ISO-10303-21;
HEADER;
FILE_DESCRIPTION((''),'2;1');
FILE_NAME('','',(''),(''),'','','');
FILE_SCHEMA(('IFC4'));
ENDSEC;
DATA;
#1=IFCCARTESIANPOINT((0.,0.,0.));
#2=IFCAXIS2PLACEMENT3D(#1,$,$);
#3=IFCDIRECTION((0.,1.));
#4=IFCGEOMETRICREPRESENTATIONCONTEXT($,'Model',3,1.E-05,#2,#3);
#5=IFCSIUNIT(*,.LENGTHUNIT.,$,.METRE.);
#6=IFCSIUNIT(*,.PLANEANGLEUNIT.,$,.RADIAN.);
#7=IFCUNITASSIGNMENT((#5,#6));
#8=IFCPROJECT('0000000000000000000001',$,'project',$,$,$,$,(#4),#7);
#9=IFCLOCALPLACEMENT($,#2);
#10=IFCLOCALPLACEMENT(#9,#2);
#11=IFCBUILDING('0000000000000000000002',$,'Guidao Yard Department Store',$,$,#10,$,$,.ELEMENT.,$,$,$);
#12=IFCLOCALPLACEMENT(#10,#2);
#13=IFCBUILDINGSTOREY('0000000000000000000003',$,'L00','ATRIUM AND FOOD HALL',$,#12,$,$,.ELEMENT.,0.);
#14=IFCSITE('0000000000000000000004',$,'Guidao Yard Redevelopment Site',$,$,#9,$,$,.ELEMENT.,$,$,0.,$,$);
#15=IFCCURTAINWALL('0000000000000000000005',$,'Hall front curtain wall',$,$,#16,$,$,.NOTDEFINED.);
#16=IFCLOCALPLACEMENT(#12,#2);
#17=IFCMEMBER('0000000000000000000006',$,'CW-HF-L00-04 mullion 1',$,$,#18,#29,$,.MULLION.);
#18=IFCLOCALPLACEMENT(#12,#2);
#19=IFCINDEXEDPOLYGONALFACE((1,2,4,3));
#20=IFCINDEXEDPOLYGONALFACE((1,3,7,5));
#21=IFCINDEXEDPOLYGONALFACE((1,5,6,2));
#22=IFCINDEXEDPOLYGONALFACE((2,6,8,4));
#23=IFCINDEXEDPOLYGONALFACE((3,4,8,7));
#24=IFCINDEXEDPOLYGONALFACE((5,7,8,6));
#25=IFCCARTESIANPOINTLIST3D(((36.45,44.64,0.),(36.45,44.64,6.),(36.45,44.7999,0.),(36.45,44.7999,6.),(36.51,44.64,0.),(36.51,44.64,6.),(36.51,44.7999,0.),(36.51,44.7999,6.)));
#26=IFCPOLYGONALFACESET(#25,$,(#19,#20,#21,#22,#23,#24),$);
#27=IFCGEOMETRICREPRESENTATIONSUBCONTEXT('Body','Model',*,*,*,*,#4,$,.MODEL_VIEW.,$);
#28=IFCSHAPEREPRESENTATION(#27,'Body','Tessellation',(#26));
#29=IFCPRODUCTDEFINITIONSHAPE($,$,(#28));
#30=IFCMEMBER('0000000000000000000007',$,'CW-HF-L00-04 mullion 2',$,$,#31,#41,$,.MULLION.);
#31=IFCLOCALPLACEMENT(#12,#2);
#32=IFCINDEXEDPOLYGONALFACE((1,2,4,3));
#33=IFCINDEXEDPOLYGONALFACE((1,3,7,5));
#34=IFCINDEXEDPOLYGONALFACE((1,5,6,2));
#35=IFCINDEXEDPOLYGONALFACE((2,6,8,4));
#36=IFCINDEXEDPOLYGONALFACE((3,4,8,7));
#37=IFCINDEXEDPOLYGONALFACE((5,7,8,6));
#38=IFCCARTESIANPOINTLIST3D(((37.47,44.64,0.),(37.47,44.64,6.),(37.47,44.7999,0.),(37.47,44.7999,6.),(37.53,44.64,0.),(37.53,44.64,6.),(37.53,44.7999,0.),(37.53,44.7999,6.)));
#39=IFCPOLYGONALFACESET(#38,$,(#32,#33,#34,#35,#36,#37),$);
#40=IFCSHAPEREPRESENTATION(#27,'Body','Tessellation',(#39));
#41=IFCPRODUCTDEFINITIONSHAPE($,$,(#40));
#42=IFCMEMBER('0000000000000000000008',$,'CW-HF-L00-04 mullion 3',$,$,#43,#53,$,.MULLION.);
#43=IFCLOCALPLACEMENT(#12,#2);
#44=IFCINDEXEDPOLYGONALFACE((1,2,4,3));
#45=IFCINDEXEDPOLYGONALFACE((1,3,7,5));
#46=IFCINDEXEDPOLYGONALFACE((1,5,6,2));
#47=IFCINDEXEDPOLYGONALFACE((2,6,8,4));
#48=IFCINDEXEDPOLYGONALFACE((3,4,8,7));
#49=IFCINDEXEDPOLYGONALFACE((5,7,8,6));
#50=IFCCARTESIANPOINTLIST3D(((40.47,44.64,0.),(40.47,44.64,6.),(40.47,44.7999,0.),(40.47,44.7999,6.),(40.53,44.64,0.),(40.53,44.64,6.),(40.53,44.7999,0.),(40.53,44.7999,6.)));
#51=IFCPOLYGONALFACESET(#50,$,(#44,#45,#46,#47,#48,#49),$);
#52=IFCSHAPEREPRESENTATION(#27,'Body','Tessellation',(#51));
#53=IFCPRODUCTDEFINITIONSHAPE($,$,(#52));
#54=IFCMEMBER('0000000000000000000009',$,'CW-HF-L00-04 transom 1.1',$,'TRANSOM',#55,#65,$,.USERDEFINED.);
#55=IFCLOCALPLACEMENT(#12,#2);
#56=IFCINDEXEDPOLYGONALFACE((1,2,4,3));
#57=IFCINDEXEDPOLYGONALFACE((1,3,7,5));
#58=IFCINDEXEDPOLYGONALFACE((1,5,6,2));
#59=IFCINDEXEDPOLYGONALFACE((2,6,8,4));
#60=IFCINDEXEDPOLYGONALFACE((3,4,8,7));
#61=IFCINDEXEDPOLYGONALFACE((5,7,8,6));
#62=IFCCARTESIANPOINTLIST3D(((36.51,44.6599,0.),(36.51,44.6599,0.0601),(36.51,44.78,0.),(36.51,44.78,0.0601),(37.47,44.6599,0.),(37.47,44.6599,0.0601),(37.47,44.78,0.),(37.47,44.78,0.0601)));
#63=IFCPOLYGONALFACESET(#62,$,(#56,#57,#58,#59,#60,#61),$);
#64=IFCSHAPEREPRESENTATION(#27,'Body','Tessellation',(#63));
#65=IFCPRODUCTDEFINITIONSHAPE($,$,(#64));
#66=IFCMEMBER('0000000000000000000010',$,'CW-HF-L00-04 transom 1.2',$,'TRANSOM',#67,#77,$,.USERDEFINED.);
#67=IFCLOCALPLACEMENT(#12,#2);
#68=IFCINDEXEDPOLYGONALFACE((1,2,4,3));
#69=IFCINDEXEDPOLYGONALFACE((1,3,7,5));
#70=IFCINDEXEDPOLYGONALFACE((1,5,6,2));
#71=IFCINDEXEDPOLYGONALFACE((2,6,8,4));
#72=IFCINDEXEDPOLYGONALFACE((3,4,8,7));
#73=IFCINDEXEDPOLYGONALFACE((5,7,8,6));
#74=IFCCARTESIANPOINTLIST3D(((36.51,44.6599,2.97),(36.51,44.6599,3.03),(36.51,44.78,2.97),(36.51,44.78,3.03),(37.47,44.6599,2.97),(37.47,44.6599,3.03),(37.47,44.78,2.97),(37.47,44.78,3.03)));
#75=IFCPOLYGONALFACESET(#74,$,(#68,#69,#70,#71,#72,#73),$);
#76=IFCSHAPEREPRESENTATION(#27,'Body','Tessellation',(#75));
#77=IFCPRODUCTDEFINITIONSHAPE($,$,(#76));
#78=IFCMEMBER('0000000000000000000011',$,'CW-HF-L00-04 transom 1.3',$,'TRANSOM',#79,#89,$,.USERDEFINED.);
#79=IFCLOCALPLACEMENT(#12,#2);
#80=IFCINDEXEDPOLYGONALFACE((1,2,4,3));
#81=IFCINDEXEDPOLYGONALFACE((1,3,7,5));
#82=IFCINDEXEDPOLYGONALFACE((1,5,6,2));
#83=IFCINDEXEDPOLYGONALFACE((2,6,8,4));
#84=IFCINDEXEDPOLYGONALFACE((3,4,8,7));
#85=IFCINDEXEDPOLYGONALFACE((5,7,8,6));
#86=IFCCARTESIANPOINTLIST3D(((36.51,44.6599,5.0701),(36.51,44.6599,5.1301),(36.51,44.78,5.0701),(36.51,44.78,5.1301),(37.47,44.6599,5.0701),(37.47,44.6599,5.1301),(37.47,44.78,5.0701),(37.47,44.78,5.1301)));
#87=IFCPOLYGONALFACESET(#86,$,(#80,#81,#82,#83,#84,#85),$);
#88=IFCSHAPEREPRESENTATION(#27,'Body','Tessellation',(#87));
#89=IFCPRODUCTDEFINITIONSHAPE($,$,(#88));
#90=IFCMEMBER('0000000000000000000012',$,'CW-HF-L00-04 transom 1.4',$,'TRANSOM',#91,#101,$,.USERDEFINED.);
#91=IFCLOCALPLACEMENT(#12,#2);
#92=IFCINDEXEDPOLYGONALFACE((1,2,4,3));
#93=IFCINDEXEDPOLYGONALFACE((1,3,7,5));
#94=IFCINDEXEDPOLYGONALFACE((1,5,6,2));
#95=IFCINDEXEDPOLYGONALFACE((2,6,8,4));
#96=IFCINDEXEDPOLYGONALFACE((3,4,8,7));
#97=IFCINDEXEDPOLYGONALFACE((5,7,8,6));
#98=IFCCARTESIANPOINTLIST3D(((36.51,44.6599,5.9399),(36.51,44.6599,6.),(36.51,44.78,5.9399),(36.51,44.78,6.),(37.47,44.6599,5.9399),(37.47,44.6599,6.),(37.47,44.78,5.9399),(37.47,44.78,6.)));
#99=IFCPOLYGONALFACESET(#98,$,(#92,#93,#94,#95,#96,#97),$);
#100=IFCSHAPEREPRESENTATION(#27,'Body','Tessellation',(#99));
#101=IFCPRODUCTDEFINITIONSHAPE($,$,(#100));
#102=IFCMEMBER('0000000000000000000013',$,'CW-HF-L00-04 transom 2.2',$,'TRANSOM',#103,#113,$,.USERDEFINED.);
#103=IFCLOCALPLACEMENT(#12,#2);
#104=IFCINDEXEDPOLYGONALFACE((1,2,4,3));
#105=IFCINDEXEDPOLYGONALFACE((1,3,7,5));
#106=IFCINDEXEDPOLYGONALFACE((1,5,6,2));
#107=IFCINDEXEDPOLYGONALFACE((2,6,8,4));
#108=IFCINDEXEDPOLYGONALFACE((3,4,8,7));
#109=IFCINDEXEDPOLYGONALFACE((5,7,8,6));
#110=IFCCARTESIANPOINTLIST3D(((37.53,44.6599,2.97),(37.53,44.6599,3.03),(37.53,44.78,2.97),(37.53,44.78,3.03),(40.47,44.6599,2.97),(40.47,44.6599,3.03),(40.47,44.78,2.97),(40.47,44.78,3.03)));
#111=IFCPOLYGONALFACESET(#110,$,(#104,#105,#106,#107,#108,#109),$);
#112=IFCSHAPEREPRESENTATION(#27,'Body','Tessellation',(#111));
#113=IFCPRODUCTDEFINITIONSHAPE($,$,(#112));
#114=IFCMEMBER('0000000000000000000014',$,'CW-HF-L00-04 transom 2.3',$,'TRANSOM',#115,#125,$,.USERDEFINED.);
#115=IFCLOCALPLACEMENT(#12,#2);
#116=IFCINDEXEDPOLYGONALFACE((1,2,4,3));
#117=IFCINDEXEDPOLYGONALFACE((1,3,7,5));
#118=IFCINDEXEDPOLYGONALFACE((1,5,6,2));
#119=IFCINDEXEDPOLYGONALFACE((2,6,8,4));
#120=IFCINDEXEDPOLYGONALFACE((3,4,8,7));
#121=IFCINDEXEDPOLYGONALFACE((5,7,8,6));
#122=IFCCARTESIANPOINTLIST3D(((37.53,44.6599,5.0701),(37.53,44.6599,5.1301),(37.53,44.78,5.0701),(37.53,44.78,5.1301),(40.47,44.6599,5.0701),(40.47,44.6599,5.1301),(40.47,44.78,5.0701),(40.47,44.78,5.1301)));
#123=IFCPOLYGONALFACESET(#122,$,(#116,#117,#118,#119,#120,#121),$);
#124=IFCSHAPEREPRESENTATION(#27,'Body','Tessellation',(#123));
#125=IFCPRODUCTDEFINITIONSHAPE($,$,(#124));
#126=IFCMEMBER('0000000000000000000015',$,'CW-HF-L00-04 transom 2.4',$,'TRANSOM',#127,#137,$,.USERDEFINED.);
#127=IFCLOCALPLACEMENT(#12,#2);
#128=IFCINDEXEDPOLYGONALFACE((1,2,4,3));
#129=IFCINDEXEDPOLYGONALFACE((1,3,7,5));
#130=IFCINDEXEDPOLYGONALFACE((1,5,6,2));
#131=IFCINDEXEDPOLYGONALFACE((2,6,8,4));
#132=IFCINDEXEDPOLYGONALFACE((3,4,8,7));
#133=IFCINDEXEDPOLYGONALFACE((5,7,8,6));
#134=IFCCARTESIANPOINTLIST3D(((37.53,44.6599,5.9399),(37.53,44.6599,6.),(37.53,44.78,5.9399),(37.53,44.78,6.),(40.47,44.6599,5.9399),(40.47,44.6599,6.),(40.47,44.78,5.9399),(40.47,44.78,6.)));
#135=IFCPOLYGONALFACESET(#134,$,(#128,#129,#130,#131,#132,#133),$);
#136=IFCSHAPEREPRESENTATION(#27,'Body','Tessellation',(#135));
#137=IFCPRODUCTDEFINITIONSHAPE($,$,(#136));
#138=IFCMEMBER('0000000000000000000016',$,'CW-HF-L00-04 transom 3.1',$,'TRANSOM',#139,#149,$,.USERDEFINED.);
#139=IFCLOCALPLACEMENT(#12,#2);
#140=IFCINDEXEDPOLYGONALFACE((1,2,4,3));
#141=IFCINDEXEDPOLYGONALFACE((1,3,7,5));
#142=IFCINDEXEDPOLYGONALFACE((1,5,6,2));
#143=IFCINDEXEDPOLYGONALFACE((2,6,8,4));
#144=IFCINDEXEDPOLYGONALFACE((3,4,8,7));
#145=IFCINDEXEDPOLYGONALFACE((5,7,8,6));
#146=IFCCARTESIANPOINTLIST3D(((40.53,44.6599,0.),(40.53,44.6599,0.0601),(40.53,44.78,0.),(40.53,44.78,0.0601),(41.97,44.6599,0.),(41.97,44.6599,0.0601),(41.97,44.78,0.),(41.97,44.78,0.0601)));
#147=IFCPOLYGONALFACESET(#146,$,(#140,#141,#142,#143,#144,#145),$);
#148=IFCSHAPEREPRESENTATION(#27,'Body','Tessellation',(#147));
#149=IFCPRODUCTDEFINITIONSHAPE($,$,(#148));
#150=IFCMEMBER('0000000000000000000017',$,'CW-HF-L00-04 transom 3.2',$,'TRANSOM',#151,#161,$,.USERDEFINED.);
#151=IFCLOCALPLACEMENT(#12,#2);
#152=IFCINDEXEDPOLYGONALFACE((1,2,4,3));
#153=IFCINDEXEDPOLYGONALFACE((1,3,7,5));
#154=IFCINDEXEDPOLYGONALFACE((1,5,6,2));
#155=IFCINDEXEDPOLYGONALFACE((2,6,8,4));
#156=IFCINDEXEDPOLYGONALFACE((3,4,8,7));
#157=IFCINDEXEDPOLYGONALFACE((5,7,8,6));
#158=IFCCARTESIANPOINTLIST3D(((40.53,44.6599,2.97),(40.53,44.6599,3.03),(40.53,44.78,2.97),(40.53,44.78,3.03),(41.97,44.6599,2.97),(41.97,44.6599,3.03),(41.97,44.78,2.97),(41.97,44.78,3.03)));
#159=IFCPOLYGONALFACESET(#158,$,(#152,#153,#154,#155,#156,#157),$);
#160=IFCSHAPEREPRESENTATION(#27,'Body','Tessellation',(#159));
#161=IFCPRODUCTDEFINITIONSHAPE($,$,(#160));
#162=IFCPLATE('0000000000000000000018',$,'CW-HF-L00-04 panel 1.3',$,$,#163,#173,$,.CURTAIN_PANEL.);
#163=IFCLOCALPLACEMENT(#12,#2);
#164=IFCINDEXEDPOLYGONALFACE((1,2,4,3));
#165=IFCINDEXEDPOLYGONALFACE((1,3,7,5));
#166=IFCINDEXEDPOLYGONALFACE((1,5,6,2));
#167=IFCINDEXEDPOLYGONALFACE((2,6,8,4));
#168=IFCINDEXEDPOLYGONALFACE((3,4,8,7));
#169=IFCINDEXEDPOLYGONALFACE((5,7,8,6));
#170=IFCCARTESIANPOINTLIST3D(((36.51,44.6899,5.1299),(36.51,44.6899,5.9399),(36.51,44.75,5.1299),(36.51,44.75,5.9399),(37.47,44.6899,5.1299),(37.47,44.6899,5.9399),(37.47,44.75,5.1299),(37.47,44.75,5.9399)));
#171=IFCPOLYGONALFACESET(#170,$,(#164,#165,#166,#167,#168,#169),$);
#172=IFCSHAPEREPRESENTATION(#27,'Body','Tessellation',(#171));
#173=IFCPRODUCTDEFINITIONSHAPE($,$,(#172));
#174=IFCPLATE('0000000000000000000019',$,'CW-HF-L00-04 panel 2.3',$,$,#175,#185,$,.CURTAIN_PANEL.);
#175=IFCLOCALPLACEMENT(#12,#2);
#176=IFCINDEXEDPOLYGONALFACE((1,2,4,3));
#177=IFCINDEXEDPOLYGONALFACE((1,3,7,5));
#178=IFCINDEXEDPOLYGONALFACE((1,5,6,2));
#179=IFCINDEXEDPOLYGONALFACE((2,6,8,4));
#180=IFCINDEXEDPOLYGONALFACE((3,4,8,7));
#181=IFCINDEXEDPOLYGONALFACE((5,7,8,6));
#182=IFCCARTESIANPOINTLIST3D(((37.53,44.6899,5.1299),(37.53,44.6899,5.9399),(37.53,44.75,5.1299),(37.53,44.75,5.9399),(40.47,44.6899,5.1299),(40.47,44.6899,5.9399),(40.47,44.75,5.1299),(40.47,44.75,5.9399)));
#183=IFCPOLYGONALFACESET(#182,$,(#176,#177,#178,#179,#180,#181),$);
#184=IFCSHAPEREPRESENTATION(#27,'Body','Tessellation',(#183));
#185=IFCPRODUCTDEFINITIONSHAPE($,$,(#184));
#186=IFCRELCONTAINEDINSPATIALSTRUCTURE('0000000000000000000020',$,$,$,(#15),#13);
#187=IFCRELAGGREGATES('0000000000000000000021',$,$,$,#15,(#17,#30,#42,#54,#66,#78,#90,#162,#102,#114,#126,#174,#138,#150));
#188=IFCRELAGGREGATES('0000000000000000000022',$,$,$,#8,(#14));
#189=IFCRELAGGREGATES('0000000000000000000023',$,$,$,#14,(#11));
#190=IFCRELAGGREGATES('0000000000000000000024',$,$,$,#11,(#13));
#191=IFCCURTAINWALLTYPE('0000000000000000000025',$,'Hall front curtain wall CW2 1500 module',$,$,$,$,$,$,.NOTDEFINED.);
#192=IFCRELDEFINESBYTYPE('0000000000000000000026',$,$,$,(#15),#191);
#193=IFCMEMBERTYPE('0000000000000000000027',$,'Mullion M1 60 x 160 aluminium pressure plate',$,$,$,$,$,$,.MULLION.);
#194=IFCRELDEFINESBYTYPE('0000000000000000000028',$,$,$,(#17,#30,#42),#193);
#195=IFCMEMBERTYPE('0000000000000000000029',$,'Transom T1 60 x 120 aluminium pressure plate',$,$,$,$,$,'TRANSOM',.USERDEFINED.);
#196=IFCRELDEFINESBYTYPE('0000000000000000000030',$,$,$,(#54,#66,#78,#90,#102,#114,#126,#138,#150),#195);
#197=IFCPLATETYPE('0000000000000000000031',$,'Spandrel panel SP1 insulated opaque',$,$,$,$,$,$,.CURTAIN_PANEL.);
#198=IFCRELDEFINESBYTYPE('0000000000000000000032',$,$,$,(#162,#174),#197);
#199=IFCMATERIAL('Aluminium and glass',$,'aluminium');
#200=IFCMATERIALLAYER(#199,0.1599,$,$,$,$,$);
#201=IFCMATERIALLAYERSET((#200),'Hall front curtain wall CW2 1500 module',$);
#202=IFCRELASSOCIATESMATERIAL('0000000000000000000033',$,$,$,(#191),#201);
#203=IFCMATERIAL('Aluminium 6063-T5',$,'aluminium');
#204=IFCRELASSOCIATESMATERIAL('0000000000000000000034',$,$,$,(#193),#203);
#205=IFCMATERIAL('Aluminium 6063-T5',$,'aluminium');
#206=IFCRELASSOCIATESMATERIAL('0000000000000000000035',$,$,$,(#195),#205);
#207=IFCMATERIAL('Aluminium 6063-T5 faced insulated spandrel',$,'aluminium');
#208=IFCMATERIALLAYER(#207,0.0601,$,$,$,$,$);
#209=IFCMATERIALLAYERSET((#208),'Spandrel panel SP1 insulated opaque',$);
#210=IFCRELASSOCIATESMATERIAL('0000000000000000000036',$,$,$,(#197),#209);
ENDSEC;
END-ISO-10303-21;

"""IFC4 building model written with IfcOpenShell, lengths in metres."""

from ifc_helpers import new_model, si_unit, direction, frame, origin, origin_2d, place, context, subcontext, project, spatial, rectangle, extrude, material, layer, layer_set, material_profile, profile_set, type_object, element, aggregate, save


model = new_model("IFC4")

# Units and contexts
model_context = context("Model", 3, precision=1e-05, world=origin(), true_north=direction((0.0, 1.0)))
body_context = subcontext(model_context, "Body", "Model", "MODEL_VIEW")
ifc_project = project(units=[si_unit("LENGTHUNIT", "METRE"), si_unit("PLANEANGLEUNIT", "RADIAN")], contexts=[model_context])

# Site, building, storey
site_placement = place(None, origin())
site = spatial("IfcSite", under=ifc_project, at=site_placement, Name="Guidao Yard Redevelopment Site", CompositionType="ELEMENT", RefElevation=0.0)
building_placement = place(site_placement, origin())
building = spatial("IfcBuilding", under=site, at=building_placement, Name="Guidao Yard Department Store", CompositionType="ELEMENT")
storey_placement = place(building_placement, origin())
storey = spatial("IfcBuildingStorey", under=building, at=storey_placement, Name="L00", Description="ATRIUM AND FOOD HALL", CompositionType="ELEMENT", Elevation=0.0)

# Curtain wall, members, plates
ifc_material_1 = material(Name="Aluminium and glass", Category="aluminium")
ifc_layer_1 = layer(ifc_material_1, 0.1599)
ifc_layer_set_1 = layer_set([ifc_layer_1], Name="Hall front curtain wall CW2 1500 module")
curtain_wall_type = type_object("IfcCurtainWallType", Name="Hall front curtain wall CW2 1500 module", PredefinedType="NOTDEFINED", material=ifc_layer_set_1)
curtain_wall_placement = place(storey_placement, origin())
curtain_wall = element("IfcCurtainWall", 1, at=curtain_wall_placement, inside=storey, type_object=curtain_wall_type, Name="Hall front curtain wall", PredefinedType="NOTDEFINED")
ifc_material_2 = material(Name="Aluminium 6063-T5", Category="aluminium")
ifc_material_profile_1 = material_profile(ifc_material_2, rectangle(XDim=0.0601, YDim=0.1599, at=origin_2d()), Name="Mullion M1 60 x 160 aluminium pressure plate")
ifc_profile_set_1 = profile_set([ifc_material_profile_1], Name="Aluminium 6063-T5")
member_type_1 = type_object("IfcMemberType", Name="Mullion M1 60 x 160 aluminium pressure plate", PredefinedType="MULLION", material=ifc_profile_set_1)
member_1_placement = place(storey_placement, frame((36.48, 44.72, 0.0), z_axis=(0.0, 0.0, 1.0), x_axis=(-1.0, 0.0, 0.0)))
member_1 = element("IfcMember", 2, at=member_1_placement, type_object=member_type_1, Name="CW-HF-L00-04 mullion 1", PredefinedType="MULLION", context=body_context, shape_type="SweptSolid", body=[
    extrude(rectangle(XDim=0.0601, YDim=0.1599, at=origin_2d()), origin(), (0.0, 0.0, 1.0), 6.0),
])
member_2_placement = place(storey_placement, frame((37.5, 44.72, 0.0), z_axis=(0.0, 0.0, 1.0), x_axis=(-1.0, 0.0, 0.0)))
member_2 = element("IfcMember", 3, at=member_2_placement, type_object=member_type_1, Name="CW-HF-L00-04 mullion 2", PredefinedType="MULLION", context=body_context, shape_type="SweptSolid", body=[
    extrude(rectangle(XDim=0.0601, YDim=0.1599, at=origin_2d()), origin(), (0.0, 0.0, 1.0), 6.0),
])
member_3_placement = place(storey_placement, frame((40.5, 44.72, 0.0), z_axis=(0.0, 0.0, 1.0), x_axis=(-1.0, 0.0, 0.0)))
member_3 = element("IfcMember", 4, at=member_3_placement, type_object=member_type_1, Name="CW-HF-L00-04 mullion 3", PredefinedType="MULLION", context=body_context, shape_type="SweptSolid", body=[
    extrude(rectangle(XDim=0.0601, YDim=0.1599, at=origin_2d()), origin(), (0.0, 0.0, 1.0), 6.0),
])
ifc_material_3 = material(Name="Aluminium 6063-T5", Category="aluminium")
ifc_material_profile_2 = material_profile(ifc_material_3, rectangle(XDim=0.1201, YDim=0.0601, at=origin_2d()), Name="Transom T1 60 x 120 aluminium pressure plate")
ifc_profile_set_2 = profile_set([ifc_material_profile_2], Name="Aluminium 6063-T5")
member_type_2 = type_object("IfcMemberType", Name="Transom T1 60 x 120 aluminium pressure plate", ElementType="TRANSOM", PredefinedType="USERDEFINED", material=ifc_profile_set_2)
member_4_placement = place(storey_placement, frame((37.47, 44.72, 0.03), z_axis=(-1.0, 0.0, 0.0), x_axis=(0.0, -1.0, 0.0)))
member_4 = element("IfcMember", 5, at=member_4_placement, type_object=member_type_2, Name="CW-HF-L00-04 transom 1.1", ObjectType="TRANSOM", PredefinedType="USERDEFINED", context=body_context, shape_type="SweptSolid", body=[
    extrude(rectangle(XDim=0.1201, YDim=0.0601, at=origin_2d()), origin(), (0.0, 0.0, 1.0), 0.96),
])
member_5_placement = place(storey_placement, frame((37.47, 44.72, 3.0), z_axis=(-1.0, 0.0, 0.0), x_axis=(0.0, -1.0, 0.0)))
member_5 = element("IfcMember", 6, at=member_5_placement, type_object=member_type_2, Name="CW-HF-L00-04 transom 1.2", ObjectType="TRANSOM", PredefinedType="USERDEFINED", context=body_context, shape_type="SweptSolid", body=[
    extrude(rectangle(XDim=0.1201, YDim=0.0601, at=origin_2d()), origin(), (0.0, 0.0, 1.0), 0.96),
])
member_6_placement = place(storey_placement, frame((37.47, 44.72, 5.1001), z_axis=(-1.0, 0.0, 0.0), x_axis=(0.0, -1.0, 0.0)))
member_6 = element("IfcMember", 7, at=member_6_placement, type_object=member_type_2, Name="CW-HF-L00-04 transom 1.3", ObjectType="TRANSOM", PredefinedType="USERDEFINED", context=body_context, shape_type="SweptSolid", body=[
    extrude(rectangle(XDim=0.1201, YDim=0.0601, at=origin_2d()), origin(), (0.0, 0.0, 1.0), 0.96),
])
member_7_placement = place(storey_placement, frame((37.47, 44.72, 5.97), z_axis=(-1.0, 0.0, 0.0), x_axis=(0.0, -1.0, 0.0)))
member_7 = element("IfcMember", 8, at=member_7_placement, type_object=member_type_2, Name="CW-HF-L00-04 transom 1.4", ObjectType="TRANSOM", PredefinedType="USERDEFINED", context=body_context, shape_type="SweptSolid", body=[
    extrude(rectangle(XDim=0.1201, YDim=0.0601, at=origin_2d()), origin(), (0.0, 0.0, 1.0), 0.96),
])
member_8_placement = place(storey_placement, frame((40.47, 44.72, 3.0), z_axis=(-1.0, 0.0, 0.0), x_axis=(0.0, -1.0, 0.0)))
member_8 = element("IfcMember", 9, at=member_8_placement, type_object=member_type_2, Name="CW-HF-L00-04 transom 2.2", ObjectType="TRANSOM", PredefinedType="USERDEFINED", context=body_context, shape_type="SweptSolid", body=[
    extrude(rectangle(XDim=0.1201, YDim=0.0601, at=origin_2d()), origin(), (0.0, 0.0, 1.0), 2.9399),
])
member_9_placement = place(storey_placement, frame((40.47, 44.72, 5.1001), z_axis=(-1.0, 0.0, 0.0), x_axis=(0.0, -1.0, 0.0)))
member_9 = element("IfcMember", 10, at=member_9_placement, type_object=member_type_2, Name="CW-HF-L00-04 transom 2.3", ObjectType="TRANSOM", PredefinedType="USERDEFINED", context=body_context, shape_type="SweptSolid", body=[
    extrude(rectangle(XDim=0.1201, YDim=0.0601, at=origin_2d()), origin(), (0.0, 0.0, 1.0), 2.9399),
])
member_10_placement = place(storey_placement, frame((40.47, 44.72, 5.97), z_axis=(-1.0, 0.0, 0.0), x_axis=(0.0, -1.0, 0.0)))
member_10 = element("IfcMember", 11, at=member_10_placement, type_object=member_type_2, Name="CW-HF-L00-04 transom 2.4", ObjectType="TRANSOM", PredefinedType="USERDEFINED", context=body_context, shape_type="SweptSolid", body=[
    extrude(rectangle(XDim=0.1201, YDim=0.0601, at=origin_2d()), origin(), (0.0, 0.0, 1.0), 2.9399),
])
member_11_placement = place(storey_placement, frame((41.97, 44.72, 0.03), z_axis=(-1.0, 0.0, 0.0), x_axis=(0.0, -1.0, 0.0)))
member_11 = element("IfcMember", 12, at=member_11_placement, type_object=member_type_2, Name="CW-HF-L00-04 transom 3.1", ObjectType="TRANSOM", PredefinedType="USERDEFINED", context=body_context, shape_type="SweptSolid", body=[
    extrude(rectangle(XDim=0.1201, YDim=0.0601, at=origin_2d()), origin(), (0.0, 0.0, 1.0), 1.4399),
])
member_12_placement = place(storey_placement, frame((41.97, 44.72, 3.0), z_axis=(-1.0, 0.0, 0.0), x_axis=(0.0, -1.0, 0.0)))
member_12 = element("IfcMember", 13, at=member_12_placement, type_object=member_type_2, Name="CW-HF-L00-04 transom 3.2", ObjectType="TRANSOM", PredefinedType="USERDEFINED", context=body_context, shape_type="SweptSolid", body=[
    extrude(rectangle(XDim=0.1201, YDim=0.0601, at=origin_2d()), origin(), (0.0, 0.0, 1.0), 1.4399),
])
ifc_material_4 = material(Name="Aluminium 6063-T5 faced insulated spandrel", Category="aluminium")
ifc_layer_2 = layer(ifc_material_4, 0.0601)
ifc_layer_set_2 = layer_set([ifc_layer_2], Name="Spandrel panel SP1 insulated opaque")
plate_type_1 = type_object("IfcPlateType", Name="Spandrel panel SP1 insulated opaque", PredefinedType="CURTAIN_PANEL", material=ifc_layer_set_2)
plate_1_placement = place(storey_placement, frame((36.99, 44.72, 5.1299), z_axis=(0.0, 0.0, 1.0), x_axis=(-1.0, 0.0, 0.0)))
plate_1 = element("IfcPlate", 14, at=plate_1_placement, type_object=plate_type_1, Name="CW-HF-L00-04 panel 1.3", PredefinedType="CURTAIN_PANEL", context=body_context, shape_type="SweptSolid", body=[
    extrude(rectangle(XDim=0.96, YDim=0.0601, at=origin_2d()), origin(), (0.0, 0.0, 1.0), 0.8101),
])
plate_2_placement = place(storey_placement, frame((39.0, 44.72, 5.1299), z_axis=(0.0, 0.0, 1.0), x_axis=(-1.0, 0.0, 0.0)))
plate_2 = element("IfcPlate", 15, at=plate_2_placement, type_object=plate_type_1, Name="CW-HF-L00-04 panel 2.3", PredefinedType="CURTAIN_PANEL", context=body_context, shape_type="SweptSolid", body=[
    extrude(rectangle(XDim=2.9399, YDim=0.0601, at=origin_2d()), origin(), (0.0, 0.0, 1.0), 0.8101),
])
aggregate(curtain_wall, [member_1, member_2, member_3, member_4, member_5, member_6, member_7, plate_1, member_8, member_9, member_10, plate_2, member_11, member_12])

save(model, "model.ifc")
